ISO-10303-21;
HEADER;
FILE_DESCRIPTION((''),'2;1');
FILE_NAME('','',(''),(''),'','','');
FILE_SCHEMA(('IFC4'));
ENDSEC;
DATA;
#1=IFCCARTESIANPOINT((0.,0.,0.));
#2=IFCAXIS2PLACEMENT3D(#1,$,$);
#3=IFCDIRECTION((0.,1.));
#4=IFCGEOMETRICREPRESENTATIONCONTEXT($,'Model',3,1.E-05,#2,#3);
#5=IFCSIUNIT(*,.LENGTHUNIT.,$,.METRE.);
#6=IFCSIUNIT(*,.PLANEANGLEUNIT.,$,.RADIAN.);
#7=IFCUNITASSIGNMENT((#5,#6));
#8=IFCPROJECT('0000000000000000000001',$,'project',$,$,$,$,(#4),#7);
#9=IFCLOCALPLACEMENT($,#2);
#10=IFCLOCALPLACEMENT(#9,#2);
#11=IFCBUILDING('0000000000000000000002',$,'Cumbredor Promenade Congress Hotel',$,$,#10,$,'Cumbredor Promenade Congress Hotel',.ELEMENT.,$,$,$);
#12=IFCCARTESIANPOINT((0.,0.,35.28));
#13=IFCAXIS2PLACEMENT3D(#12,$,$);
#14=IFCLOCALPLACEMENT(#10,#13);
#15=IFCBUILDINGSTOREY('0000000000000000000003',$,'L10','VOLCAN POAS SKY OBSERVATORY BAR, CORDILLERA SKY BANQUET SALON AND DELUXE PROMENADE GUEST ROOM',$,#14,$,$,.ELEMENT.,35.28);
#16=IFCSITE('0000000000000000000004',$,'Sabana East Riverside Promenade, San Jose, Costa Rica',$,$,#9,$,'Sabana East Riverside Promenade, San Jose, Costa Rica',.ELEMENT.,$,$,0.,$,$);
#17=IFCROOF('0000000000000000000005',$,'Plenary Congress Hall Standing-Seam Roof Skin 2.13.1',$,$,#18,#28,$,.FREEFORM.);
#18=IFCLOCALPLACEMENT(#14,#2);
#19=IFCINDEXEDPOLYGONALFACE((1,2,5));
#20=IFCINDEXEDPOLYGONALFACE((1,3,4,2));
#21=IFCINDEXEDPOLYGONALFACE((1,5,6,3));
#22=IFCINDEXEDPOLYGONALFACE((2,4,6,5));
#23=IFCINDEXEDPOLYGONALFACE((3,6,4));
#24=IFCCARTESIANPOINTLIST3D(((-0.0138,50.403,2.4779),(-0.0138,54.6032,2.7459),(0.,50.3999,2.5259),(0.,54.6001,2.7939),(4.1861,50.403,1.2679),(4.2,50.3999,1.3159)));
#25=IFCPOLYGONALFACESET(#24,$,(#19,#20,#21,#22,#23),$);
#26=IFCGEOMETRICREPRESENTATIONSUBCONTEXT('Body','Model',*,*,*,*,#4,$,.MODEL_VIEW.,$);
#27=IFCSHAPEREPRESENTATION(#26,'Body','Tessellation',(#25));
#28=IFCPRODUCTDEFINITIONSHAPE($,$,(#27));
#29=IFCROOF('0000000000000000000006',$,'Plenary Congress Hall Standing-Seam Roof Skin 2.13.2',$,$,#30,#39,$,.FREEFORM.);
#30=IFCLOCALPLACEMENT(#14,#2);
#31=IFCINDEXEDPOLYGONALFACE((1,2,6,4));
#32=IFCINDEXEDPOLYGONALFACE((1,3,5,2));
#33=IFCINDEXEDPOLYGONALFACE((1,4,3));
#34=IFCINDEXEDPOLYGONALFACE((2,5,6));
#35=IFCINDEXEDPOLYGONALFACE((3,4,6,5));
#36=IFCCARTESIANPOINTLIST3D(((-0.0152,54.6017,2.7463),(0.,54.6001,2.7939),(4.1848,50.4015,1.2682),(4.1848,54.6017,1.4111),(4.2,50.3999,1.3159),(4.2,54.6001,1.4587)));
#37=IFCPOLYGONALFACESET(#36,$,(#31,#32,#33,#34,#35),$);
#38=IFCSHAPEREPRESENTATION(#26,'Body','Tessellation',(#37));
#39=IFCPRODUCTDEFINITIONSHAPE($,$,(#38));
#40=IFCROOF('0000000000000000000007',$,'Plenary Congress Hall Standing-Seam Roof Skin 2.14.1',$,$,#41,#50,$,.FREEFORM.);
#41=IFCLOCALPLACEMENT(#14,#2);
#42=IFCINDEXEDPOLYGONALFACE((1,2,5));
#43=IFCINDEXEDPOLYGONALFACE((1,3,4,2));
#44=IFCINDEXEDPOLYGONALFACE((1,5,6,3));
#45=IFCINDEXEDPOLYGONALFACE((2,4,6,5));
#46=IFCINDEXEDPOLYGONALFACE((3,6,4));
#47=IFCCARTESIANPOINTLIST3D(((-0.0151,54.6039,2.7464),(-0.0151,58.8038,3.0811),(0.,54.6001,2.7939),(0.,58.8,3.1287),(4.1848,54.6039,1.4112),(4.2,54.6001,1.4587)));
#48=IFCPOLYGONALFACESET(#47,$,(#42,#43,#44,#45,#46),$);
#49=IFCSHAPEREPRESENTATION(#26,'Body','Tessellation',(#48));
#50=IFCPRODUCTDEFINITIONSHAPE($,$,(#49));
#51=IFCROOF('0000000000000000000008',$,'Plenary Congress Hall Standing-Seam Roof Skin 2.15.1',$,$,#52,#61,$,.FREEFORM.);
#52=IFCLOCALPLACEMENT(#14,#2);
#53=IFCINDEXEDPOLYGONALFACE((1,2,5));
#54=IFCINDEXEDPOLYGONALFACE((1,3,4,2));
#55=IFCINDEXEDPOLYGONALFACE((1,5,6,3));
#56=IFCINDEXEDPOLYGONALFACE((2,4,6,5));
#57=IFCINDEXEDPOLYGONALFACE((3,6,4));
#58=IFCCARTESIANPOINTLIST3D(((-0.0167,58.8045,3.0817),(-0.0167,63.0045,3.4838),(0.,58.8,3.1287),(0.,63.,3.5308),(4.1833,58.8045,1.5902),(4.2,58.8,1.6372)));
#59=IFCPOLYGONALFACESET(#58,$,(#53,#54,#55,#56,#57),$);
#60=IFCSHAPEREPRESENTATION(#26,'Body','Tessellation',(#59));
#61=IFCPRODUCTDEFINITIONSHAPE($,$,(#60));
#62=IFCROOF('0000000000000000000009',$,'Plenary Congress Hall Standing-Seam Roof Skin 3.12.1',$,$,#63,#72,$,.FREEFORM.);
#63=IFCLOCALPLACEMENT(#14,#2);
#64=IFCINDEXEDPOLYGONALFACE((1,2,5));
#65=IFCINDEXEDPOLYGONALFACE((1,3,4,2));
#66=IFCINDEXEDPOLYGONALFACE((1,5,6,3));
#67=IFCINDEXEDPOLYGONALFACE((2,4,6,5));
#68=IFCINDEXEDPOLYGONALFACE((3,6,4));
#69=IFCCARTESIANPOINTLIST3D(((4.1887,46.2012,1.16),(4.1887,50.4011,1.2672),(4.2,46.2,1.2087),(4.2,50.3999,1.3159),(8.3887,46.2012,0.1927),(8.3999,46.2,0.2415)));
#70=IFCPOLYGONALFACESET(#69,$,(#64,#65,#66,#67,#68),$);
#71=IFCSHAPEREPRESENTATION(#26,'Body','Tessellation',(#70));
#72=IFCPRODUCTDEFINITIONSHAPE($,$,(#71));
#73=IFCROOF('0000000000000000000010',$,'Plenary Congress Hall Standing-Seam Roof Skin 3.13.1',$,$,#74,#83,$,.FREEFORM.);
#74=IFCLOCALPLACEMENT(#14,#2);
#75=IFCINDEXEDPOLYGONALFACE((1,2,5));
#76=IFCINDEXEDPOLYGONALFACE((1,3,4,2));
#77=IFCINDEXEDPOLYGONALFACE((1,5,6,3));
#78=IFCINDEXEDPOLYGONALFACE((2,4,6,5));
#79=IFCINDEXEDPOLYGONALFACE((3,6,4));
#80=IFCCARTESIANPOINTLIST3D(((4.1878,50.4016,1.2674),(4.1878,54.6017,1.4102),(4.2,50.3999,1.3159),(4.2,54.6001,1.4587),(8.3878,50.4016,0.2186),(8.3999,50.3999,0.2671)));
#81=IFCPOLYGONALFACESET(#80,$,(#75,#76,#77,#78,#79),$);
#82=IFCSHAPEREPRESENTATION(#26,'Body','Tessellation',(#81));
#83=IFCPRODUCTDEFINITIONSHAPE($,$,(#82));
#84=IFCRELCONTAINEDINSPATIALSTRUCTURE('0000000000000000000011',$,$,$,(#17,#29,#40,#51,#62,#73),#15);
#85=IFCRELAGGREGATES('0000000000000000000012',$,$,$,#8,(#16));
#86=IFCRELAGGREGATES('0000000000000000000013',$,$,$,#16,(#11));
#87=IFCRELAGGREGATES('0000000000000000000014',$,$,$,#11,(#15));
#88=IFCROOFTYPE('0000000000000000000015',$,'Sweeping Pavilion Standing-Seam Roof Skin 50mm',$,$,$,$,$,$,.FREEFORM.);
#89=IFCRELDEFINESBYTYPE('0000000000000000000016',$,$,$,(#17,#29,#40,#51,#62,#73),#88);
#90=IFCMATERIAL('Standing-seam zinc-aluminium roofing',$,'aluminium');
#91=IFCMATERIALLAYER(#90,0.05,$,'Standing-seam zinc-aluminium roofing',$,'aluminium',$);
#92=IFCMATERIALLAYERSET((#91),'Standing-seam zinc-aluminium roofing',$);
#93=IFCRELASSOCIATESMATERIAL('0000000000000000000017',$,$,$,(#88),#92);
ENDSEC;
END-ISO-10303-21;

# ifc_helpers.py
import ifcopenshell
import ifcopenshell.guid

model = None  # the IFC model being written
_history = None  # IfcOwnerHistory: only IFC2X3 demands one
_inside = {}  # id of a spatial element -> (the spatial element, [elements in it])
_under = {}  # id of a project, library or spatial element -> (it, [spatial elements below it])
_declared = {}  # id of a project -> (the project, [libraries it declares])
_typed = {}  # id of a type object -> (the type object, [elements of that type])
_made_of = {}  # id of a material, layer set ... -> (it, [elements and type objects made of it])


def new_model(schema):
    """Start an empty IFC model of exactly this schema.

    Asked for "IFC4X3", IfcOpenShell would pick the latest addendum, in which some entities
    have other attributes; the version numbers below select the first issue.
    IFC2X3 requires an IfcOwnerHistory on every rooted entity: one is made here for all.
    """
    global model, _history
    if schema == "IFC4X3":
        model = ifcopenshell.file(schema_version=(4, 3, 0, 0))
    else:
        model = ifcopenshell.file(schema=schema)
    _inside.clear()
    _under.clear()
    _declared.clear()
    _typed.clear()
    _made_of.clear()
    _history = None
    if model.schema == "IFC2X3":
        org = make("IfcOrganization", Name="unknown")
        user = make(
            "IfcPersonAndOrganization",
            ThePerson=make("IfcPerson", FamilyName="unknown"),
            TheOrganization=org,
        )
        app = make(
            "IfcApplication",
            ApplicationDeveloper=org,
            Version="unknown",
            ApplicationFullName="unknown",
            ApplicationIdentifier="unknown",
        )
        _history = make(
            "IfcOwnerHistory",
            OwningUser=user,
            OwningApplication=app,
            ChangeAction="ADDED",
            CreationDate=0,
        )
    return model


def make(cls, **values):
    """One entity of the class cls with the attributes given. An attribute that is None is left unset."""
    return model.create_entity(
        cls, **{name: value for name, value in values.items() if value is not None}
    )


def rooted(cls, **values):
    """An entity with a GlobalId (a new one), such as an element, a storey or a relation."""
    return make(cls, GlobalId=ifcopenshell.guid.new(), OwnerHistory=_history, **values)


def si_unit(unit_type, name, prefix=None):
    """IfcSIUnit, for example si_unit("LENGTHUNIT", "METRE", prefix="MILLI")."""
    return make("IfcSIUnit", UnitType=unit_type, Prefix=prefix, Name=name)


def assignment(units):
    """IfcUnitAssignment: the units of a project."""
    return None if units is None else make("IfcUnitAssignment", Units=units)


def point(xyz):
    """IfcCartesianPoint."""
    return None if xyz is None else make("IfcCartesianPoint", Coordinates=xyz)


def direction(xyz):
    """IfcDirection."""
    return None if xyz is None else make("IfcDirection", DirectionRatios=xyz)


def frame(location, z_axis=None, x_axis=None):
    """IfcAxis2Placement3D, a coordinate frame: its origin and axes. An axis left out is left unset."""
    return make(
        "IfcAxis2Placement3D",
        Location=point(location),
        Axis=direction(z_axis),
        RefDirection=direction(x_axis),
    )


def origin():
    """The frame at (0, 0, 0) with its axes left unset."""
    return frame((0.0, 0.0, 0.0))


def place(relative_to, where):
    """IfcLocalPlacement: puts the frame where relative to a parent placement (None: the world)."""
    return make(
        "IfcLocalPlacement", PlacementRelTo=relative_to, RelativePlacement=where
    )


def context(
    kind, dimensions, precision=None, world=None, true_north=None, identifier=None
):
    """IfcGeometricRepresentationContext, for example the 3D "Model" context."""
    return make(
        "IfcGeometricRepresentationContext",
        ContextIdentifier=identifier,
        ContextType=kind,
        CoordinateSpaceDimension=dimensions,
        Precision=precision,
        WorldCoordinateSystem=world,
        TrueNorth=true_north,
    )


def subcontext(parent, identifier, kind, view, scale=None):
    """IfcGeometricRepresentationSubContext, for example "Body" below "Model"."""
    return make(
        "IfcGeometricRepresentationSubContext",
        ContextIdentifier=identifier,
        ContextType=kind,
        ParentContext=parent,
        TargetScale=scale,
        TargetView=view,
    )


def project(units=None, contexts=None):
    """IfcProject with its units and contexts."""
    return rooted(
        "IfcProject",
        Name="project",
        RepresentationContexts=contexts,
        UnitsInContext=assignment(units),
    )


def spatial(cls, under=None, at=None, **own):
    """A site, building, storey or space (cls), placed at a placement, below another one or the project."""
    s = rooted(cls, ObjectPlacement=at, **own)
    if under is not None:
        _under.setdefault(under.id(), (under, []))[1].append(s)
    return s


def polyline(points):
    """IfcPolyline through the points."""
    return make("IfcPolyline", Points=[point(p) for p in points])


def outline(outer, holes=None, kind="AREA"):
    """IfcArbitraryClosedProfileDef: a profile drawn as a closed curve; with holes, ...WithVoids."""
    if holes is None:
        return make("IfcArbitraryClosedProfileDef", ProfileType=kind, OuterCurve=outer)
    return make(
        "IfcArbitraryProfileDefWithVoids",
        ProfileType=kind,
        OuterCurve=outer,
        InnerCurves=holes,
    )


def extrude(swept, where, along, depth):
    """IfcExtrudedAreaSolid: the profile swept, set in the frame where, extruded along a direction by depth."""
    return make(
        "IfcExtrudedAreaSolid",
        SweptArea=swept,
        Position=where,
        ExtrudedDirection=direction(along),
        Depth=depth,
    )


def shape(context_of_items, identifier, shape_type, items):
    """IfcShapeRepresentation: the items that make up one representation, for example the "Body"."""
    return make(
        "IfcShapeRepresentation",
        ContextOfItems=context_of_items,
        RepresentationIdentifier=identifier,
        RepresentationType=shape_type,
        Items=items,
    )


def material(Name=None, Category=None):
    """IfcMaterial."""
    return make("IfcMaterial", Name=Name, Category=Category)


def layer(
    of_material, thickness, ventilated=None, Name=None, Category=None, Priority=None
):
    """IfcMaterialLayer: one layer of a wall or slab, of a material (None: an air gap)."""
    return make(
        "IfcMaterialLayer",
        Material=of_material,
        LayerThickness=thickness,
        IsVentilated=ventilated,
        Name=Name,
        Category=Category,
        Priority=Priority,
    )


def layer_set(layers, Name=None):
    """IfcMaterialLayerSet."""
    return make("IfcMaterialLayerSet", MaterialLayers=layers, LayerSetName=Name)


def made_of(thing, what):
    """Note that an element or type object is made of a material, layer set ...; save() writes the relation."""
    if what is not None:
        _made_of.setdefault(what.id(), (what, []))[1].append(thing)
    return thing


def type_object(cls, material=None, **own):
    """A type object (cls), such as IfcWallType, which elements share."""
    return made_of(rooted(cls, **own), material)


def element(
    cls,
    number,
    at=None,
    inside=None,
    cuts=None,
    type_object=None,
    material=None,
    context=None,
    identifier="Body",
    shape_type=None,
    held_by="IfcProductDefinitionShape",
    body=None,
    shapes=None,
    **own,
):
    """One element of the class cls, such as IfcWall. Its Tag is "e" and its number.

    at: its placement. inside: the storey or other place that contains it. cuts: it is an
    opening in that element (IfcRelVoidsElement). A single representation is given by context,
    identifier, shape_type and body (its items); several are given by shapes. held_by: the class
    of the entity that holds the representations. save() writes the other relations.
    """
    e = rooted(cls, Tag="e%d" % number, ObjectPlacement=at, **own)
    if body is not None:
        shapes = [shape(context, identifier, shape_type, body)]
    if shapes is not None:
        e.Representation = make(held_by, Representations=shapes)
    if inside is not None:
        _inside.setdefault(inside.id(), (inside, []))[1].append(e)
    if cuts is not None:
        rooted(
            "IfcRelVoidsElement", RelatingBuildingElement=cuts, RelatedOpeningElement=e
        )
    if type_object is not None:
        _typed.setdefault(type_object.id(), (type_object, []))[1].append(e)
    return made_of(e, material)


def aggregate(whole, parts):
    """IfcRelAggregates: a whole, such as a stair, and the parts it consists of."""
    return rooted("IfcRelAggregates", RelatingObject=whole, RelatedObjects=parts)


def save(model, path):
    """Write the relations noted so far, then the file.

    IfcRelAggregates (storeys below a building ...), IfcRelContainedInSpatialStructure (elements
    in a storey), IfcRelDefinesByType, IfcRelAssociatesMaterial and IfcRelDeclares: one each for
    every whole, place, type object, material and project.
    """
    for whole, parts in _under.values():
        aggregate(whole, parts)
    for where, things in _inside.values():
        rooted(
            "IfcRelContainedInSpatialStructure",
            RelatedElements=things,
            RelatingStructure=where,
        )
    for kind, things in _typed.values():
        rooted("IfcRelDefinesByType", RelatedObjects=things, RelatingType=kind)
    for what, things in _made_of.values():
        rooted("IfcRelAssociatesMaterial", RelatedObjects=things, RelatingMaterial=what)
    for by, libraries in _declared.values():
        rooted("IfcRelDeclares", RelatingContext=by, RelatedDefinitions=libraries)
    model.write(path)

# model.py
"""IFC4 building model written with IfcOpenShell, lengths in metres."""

from ifc_helpers import new_model, si_unit, direction, frame, origin, place, context, subcontext, project, spatial, polyline, outline, extrude, material, layer, layer_set, type_object, element, save


model = new_model("IFC4")

# Units and contexts
model_context = context("Model", 3, precision=1e-05, world=origin(), true_north=direction((0.0, 1.0)))
body_context = subcontext(model_context, "Body", "Model", "MODEL_VIEW")
ifc_project = project(units=[si_unit("LENGTHUNIT", "METRE"), si_unit("PLANEANGLEUNIT", "RADIAN")], contexts=[model_context])

# Site, building, storey
site_placement = place(None, origin())
site = spatial("IfcSite", under=ifc_project, at=site_placement, Name="Sabana East Riverside Promenade, San Jose, Costa Rica", LongName="Sabana East Riverside Promenade, San Jose, Costa Rica", CompositionType="ELEMENT", RefElevation=0.0)
building_placement = place(site_placement, origin())
building = spatial("IfcBuilding", under=site, at=building_placement, Name="Cumbredor Promenade Congress Hotel", LongName="Cumbredor Promenade Congress Hotel", CompositionType="ELEMENT")
storey_placement = place(building_placement, frame((0.0, 0.0, 35.28)))
storey = spatial("IfcBuildingStorey", under=building, at=storey_placement, Name="L10", Description="VOLCAN POAS SKY OBSERVATORY BAR, CORDILLERA SKY BANQUET SALON AND DELUXE PROMENADE GUEST ROOM", CompositionType="ELEMENT", Elevation=35.28)

# Roofs
ifc_material_1 = material(Name="Standing-seam zinc-aluminium roofing", Category="aluminium")
ifc_layer_1 = layer(ifc_material_1, 0.05, Name="Standing-seam zinc-aluminium roofing", Category="aluminium")
ifc_layer_set_1 = layer_set([ifc_layer_1], Name="Standing-seam zinc-aluminium roofing")
roof_type = type_object("IfcRoofType", Name="Sweeping Pavilion Standing-Seam Roof Skin 50mm", PredefinedType="FREEFORM", material=ifc_layer_set_1)
roof_1_placement = place(storey_placement, frame((0.0, 50.3999, 2.5259), z_axis=(0.276311, -0.061213, 0.959117), x_axis=(0.960919, 0.0, -0.27683)))
element("IfcRoof", 1, at=roof_1_placement, inside=storey, type_object=roof_type, Name="Plenary Congress Hall Standing-Seam Roof Skin 2.13.1", PredefinedType="FREEFORM", context=body_context, shape_type="SweptSolid", body=[
    extrude(outline(polyline([(0.0, 0.0), (4.3708, 0.0), (-0.0742, 4.2081), (0.0, 0.0)])), origin(), (0.0, 0.0, -1.0), 0.05),
])
roof_2_placement = place(storey_placement, frame((4.2, 50.3999, 1.3159), z_axis=(0.302809, -0.032389, 0.952501), x_axis=(0.0, 0.999422, 0.033984)))
element("IfcRoof", 2, at=roof_2_placement, inside=storey, type_object=roof_type, Name="Plenary Congress Hall Standing-Seam Roof Skin 2.13.2", PredefinedType="FREEFORM", context=body_context, shape_type="SweptSolid", body=[
    extrude(outline(polyline([(0.0, 0.0), (4.2026, 0.0), (4.248, 4.4068), (0.0, 0.0)])), origin(), (0.0, 0.0, -1.0), 0.05),
])
roof_3_placement = place(storey_placement, frame((0.0, 54.6001, 2.7939), z_axis=(0.302098, -0.075732, 0.950264), x_axis=(0.953001, 0.0, -0.302968)))
element("IfcRoof", 3, at=roof_3_placement, inside=storey, type_object=roof_type, Name="Plenary Congress Hall Standing-Seam Roof Skin 2.14.1", PredefinedType="FREEFORM", context=body_context, shape_type="SweptSolid", body=[
    extrude(outline(polyline([(0.0, 0.0), (4.4071, 0.0), (-0.1014, 4.212), (0.0, 0.0)])), origin(), (0.0, 0.0, -1.0), 0.05),
])
roof_4_placement = place(storey_placement, frame((0.0, 58.8, 3.1287), z_axis=(0.333285, -0.089854, 0.938535), x_axis=(0.942346, 0.0, -0.334639)))
element("IfcRoof", 4, at=roof_4_placement, inside=storey, type_object=roof_type, Name="Plenary Congress Hall Standing-Seam Roof Skin 2.15.1", PredefinedType="FREEFORM", context=body_context, shape_type="SweptSolid", body=[
    extrude(outline(polyline([(0.0, 0.0), (4.4569, 0.0), (-0.1346, 4.217), (0.0, 0.0)])), origin(), (0.0, 0.0, -1.0), 0.05),
])
roof_5_placement = place(storey_placement, frame((4.2, 46.2, 1.2087), z_axis=(0.224364, -0.02486, 0.974188), x_axis=(0.974489, 0.0, -0.224433)))
element("IfcRoof", 5, at=roof_5_placement, inside=storey, type_object=roof_type, Name="Plenary Congress Hall Standing-Seam Roof Skin 3.12.1", PredefinedType="FREEFORM", context=body_context, shape_type="SweptSolid", body=[
    extrude(outline(polyline([(0.0, 0.0), (4.3099, 0.0), (-0.0241, 4.2012), (0.0, 0.0)])), origin(), (0.0, 0.0, -1.0), 0.05),
])
roof_6_placement = place(storey_placement, frame((4.2, 50.3999, 1.3159), z_axis=(0.242152, -0.032973, 0.969678), x_axis=(0.970205, 0.0, -0.242283)))
element("IfcRoof", 6, at=roof_6_placement, inside=storey, type_object=roof_type, Name="Plenary Congress Hall Standing-Seam Roof Skin 3.13.1", PredefinedType="FREEFORM", context=body_context, shape_type="SweptSolid", body=[
    extrude(outline(polyline([(0.0, 0.0), (4.3289, 0.0), (-0.0346, 4.2025), (0.0, 0.0)])), origin(), (0.0, 0.0, -1.0), 0.05),
])

save(model, "model.ifc")
